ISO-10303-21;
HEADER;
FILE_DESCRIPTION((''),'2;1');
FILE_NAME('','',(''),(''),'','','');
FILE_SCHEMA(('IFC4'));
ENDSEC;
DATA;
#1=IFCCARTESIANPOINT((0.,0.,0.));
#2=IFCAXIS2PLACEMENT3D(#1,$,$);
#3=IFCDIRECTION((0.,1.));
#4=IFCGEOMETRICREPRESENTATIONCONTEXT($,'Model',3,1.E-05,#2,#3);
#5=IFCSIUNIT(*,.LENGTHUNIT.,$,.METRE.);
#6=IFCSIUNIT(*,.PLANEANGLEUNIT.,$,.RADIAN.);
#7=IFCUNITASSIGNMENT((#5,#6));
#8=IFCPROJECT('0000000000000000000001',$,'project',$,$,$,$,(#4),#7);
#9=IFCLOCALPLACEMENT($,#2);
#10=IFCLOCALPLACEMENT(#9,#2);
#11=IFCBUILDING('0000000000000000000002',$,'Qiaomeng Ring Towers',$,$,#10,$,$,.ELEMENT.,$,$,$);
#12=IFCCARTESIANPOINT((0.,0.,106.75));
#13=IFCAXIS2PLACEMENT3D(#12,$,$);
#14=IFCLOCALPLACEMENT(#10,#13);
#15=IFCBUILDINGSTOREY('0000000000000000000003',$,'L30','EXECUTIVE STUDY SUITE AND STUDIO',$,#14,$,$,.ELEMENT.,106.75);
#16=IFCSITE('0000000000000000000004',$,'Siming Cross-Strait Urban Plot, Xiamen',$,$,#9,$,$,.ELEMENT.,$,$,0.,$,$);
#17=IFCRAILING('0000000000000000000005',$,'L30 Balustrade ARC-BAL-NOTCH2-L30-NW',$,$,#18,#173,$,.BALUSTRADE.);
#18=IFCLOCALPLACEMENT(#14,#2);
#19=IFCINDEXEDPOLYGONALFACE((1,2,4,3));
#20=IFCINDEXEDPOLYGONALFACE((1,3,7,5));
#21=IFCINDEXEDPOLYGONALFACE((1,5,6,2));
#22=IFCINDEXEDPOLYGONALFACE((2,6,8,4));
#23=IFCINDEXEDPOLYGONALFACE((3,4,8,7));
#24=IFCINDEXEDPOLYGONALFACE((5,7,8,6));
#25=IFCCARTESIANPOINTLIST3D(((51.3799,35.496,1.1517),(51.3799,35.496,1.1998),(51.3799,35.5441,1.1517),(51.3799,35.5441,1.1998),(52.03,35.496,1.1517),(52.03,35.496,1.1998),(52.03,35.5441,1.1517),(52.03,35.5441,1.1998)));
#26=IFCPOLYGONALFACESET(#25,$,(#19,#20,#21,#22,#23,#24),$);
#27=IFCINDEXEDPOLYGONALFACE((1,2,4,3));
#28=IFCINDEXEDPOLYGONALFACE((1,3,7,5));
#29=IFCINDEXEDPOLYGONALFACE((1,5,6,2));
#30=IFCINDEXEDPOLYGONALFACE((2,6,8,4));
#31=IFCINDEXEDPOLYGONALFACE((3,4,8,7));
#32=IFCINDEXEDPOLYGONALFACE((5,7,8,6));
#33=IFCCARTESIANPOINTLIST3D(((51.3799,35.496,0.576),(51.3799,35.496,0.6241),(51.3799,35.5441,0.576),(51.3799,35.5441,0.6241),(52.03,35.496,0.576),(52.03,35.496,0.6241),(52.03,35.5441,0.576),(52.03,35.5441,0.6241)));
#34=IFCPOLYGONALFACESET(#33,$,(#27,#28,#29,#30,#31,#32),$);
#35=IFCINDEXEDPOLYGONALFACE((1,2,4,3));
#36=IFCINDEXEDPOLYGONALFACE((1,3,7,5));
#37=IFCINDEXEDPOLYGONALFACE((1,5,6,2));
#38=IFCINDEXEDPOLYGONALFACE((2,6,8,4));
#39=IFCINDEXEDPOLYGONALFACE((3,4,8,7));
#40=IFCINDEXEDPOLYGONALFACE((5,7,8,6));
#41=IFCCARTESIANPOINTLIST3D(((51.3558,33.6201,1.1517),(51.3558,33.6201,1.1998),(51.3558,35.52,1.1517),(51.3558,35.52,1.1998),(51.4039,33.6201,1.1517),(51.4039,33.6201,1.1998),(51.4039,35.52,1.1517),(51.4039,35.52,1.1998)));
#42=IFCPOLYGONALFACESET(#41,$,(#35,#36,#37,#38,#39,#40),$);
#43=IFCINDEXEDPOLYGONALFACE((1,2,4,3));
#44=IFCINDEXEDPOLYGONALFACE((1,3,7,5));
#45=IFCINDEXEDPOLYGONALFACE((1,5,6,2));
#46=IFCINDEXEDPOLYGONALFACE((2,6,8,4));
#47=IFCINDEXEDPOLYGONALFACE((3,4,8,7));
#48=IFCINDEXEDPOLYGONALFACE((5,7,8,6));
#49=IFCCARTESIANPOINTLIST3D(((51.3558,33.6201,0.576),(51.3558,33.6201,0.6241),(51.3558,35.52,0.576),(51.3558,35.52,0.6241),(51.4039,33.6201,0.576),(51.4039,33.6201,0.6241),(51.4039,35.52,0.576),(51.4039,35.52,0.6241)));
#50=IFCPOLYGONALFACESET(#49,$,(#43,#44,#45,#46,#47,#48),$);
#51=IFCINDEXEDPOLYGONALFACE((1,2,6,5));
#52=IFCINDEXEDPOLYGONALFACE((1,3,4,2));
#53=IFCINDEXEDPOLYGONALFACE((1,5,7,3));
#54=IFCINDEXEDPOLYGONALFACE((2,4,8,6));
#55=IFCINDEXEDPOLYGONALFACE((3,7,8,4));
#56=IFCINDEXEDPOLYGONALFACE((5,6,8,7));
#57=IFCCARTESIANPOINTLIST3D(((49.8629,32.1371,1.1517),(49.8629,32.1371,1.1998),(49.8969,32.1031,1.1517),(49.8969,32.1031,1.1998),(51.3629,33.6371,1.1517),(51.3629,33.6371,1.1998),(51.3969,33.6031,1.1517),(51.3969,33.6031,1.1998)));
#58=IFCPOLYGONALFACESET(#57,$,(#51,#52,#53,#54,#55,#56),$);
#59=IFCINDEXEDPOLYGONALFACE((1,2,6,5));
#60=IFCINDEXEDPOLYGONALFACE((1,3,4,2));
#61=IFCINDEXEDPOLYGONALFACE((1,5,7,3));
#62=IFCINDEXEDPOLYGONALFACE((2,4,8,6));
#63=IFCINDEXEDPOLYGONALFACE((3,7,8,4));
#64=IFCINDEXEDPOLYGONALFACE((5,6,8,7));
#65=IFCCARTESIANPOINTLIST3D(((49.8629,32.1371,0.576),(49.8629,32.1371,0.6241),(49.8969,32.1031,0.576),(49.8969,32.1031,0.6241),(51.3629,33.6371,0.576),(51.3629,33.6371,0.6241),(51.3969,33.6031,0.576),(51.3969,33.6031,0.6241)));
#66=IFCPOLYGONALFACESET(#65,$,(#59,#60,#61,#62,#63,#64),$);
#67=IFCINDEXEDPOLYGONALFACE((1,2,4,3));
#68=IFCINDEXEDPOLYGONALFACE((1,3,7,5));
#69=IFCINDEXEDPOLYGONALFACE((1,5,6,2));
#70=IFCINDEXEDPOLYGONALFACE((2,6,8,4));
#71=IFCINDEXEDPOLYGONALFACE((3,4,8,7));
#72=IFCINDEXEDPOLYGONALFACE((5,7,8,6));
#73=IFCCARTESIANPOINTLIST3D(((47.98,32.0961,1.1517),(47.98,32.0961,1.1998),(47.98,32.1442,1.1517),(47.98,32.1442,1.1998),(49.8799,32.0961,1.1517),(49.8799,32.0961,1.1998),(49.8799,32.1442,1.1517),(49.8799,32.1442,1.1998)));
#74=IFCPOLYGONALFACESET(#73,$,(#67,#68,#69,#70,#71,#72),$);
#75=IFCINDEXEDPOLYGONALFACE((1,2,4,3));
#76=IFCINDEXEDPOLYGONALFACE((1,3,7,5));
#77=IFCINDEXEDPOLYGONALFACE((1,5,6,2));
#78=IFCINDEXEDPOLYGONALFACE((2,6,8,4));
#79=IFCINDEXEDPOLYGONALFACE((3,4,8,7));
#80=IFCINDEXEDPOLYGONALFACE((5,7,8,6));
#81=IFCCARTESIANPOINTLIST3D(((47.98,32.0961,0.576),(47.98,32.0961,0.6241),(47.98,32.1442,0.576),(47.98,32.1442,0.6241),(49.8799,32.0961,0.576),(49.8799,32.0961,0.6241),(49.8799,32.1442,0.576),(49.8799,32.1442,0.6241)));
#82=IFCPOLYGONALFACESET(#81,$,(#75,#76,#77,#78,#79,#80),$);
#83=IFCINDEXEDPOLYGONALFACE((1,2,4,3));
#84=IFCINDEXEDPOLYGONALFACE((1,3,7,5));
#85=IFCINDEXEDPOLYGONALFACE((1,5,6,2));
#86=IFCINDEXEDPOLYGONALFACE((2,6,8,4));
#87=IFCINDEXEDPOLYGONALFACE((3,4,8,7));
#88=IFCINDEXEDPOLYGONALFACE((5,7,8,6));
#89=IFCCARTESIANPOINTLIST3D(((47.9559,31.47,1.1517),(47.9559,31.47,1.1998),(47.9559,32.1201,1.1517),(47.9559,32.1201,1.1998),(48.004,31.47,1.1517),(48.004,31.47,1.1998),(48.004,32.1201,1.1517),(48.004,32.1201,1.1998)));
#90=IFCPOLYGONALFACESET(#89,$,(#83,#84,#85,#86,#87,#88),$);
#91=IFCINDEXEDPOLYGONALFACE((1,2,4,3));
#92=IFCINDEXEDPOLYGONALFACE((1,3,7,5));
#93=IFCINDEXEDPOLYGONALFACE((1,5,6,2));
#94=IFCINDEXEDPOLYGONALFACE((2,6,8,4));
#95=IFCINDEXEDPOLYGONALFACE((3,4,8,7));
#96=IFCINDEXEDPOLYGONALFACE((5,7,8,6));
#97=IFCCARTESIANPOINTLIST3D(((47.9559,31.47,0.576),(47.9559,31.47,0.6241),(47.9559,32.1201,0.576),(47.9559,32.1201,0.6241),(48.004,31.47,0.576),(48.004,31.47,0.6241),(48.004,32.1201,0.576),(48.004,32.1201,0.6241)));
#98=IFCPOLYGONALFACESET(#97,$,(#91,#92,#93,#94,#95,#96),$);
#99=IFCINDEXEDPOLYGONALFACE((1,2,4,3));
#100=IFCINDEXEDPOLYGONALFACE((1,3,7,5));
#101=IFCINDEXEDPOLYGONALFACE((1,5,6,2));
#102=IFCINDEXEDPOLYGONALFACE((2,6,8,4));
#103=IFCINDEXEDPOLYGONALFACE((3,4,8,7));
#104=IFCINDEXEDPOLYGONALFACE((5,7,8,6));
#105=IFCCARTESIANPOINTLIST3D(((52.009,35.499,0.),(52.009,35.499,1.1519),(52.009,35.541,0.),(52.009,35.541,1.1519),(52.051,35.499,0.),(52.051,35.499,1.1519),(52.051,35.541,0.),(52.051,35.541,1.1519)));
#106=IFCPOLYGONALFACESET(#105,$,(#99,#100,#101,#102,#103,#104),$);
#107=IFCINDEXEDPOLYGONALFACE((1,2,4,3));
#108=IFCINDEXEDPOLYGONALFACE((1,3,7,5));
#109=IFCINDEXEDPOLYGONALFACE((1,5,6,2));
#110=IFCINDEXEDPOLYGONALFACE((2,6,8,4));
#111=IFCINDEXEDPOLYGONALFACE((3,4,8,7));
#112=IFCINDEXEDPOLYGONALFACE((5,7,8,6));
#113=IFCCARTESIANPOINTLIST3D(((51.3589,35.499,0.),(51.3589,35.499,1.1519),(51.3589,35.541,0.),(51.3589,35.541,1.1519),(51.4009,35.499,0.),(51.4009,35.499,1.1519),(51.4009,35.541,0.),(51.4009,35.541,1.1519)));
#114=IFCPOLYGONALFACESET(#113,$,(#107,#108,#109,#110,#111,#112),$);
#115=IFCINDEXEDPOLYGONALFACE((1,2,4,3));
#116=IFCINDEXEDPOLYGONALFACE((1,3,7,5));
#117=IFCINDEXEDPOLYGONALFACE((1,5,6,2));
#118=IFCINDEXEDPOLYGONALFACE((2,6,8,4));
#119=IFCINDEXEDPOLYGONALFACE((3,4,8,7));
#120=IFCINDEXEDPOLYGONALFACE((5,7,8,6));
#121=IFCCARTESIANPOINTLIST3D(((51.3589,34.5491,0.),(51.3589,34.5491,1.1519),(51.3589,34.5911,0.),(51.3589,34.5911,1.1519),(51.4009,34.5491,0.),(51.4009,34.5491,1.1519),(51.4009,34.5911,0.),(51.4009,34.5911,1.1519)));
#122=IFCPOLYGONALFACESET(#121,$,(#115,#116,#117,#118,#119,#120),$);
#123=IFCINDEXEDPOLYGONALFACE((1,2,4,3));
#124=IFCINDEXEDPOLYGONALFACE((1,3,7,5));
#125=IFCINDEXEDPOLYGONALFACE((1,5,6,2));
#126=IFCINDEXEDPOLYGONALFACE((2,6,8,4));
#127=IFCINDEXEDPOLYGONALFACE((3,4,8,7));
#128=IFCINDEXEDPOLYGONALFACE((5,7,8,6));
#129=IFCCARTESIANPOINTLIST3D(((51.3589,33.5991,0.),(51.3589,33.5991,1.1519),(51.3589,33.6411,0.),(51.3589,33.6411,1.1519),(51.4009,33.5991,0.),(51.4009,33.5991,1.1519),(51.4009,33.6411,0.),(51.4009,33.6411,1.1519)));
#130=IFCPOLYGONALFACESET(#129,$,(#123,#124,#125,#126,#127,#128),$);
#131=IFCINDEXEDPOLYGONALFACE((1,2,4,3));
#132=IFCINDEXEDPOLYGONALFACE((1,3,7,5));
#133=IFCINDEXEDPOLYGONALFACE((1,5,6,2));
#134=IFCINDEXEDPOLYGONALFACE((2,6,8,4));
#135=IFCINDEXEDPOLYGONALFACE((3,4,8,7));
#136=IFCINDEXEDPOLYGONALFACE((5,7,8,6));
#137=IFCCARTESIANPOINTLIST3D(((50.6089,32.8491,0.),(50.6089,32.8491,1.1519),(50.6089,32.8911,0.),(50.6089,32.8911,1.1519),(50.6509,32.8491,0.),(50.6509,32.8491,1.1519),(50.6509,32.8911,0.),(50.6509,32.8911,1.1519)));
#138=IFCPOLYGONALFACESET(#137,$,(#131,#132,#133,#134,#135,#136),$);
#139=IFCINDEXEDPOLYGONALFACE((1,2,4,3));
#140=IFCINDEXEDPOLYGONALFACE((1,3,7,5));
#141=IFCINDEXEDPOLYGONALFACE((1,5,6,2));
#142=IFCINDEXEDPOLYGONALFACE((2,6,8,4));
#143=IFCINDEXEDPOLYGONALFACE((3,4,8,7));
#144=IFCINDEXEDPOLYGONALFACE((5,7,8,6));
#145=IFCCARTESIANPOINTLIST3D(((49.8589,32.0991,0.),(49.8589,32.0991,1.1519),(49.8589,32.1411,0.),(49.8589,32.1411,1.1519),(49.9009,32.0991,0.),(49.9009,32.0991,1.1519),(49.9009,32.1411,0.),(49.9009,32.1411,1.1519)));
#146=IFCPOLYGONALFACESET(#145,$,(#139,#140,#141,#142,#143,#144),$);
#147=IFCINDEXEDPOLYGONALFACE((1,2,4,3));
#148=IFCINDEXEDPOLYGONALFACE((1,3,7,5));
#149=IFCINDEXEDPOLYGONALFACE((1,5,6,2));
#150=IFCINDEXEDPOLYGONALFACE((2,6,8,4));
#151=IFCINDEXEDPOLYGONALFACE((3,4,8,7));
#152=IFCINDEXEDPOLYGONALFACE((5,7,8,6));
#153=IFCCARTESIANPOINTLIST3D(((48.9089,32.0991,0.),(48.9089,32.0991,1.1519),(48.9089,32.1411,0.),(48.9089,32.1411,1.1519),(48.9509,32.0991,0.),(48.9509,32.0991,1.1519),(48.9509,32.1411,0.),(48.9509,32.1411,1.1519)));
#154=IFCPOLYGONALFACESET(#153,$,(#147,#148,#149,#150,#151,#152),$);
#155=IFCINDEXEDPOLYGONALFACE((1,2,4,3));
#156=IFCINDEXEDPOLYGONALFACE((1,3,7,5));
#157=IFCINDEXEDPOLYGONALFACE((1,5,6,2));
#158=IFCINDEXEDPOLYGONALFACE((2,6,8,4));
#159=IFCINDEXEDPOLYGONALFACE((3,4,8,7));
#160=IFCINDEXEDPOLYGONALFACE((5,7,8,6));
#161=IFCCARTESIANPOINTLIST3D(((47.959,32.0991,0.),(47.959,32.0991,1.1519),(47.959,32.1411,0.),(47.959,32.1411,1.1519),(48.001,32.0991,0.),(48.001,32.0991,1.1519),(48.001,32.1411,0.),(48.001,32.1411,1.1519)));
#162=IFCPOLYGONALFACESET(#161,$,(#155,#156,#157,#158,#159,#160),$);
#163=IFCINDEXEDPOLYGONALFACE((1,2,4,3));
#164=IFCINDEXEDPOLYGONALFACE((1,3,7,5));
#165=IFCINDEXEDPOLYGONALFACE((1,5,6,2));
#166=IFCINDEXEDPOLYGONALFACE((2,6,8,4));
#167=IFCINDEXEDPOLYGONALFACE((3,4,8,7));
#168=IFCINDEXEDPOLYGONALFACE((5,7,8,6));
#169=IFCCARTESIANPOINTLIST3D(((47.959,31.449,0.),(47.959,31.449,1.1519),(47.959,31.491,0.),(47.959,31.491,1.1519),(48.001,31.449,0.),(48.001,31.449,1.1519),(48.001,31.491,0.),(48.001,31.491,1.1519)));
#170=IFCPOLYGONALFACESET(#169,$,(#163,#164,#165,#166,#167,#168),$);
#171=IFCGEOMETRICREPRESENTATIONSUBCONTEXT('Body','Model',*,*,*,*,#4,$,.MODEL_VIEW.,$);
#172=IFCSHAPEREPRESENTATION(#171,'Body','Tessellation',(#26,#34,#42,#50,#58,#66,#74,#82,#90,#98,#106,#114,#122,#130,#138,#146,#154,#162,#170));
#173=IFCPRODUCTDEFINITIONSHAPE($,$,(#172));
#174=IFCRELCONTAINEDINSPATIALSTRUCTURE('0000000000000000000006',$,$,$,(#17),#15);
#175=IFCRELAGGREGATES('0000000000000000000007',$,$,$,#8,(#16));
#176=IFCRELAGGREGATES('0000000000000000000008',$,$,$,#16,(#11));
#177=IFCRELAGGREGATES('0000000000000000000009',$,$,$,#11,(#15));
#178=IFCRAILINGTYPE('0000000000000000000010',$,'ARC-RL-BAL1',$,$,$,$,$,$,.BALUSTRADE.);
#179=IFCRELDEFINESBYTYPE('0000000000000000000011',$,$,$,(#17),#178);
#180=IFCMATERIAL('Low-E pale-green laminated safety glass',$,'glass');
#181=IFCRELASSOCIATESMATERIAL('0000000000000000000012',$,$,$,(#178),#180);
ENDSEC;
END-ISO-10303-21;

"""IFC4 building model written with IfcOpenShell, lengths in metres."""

from ifc_helpers import new_model, si_unit, direction, frame, origin, origin_2d, place, context, subcontext, project, spatial, rectangle, extrude, material, type_object, element, save


model = new_model("IFC4")

# Units and contexts
model_context = context("Model", 3, precision=1e-05, world=origin(), true_north=direction((0.0, 1.0)))
body_context = subcontext(model_context, "Body", "Model", "MODEL_VIEW")
ifc_project = project(units=[si_unit("LENGTHUNIT", "METRE"), si_unit("PLANEANGLEUNIT", "RADIAN")], contexts=[model_context])

# Site, building, storey
site_placement = place(None, origin())
site = spatial("IfcSite", under=ifc_project, at=site_placement, Name="Siming Cross-Strait Urban Plot, Xiamen", CompositionType="ELEMENT", RefElevation=0.0)
building_placement = place(site_placement, origin())
building = spatial("IfcBuilding", under=site, at=building_placement, Name="Qiaomeng Ring Towers", CompositionType="ELEMENT")
storey_placement = place(building_placement, frame((0.0, 0.0, 106.75)))
storey = spatial("IfcBuildingStorey", under=building, at=storey_placement, Name="L30", Description="EXECUTIVE STUDY SUITE AND STUDIO", CompositionType="ELEMENT", Elevation=106.75)

# Railing
ifc_material_1 = material(Name="Low-E pale-green laminated safety glass", Category="glass")
railing_type = type_object("IfcRailingType", Name="ARC-RL-BAL1", PredefinedType="BALUSTRADE", material=ifc_material_1)
railing_1_placement = place(storey_placement, frame((52.03, 35.52, 0.0)))
element("IfcRailing", 1, at=railing_1_placement, inside=storey, type_object=railing_type, Name="L30 Balustrade ARC-BAL-NOTCH2-L30-NW", PredefinedType="BALUSTRADE", context=body_context, shape_type="SweptSolid", body=[
    extrude(rectangle(XDim=0.0481, YDim=0.0481, at=origin_2d()), frame((0.0, 0.0, 1.1758), z_axis=(-1.0, 0.0, 0.0), x_axis=(0.0, -1.0, 0.0)), (0.0, 0.0, 1.0), 0.6501),
    extrude(rectangle(XDim=0.0481, YDim=0.0481, at=origin_2d()), frame((0.0, 0.0, 0.6001), z_axis=(-1.0, 0.0, 0.0), x_axis=(0.0, -1.0, 0.0)), (0.0, 0.0, 1.0), 0.6501),
    extrude(rectangle(XDim=0.0481, YDim=0.0481, at=origin_2d()), frame((-0.6501, 0.0, 1.1758), z_axis=(0.0, -1.0, 0.0), x_axis=(1.0, 0.0, 0.0)), (0.0, 0.0, 1.0), 1.8999),
    extrude(rectangle(XDim=0.0481, YDim=0.0481, at=origin_2d()), frame((-0.6501, 0.0, 0.6001), z_axis=(0.0, -1.0, 0.0), x_axis=(1.0, 0.0, 0.0)), (0.0, 0.0, 1.0), 1.8999),
    extrude(rectangle(XDim=0.0481, YDim=0.0481, at=origin_2d()), frame((-0.6501, -1.8999, 1.1758), z_axis=(-0.707107, -0.707107, 0.0), x_axis=(0.707107, -0.707107, 0.0)), (0.0, 0.0, 1.0), 2.1213),
    extrude(rectangle(XDim=0.0481, YDim=0.0481, at=origin_2d()), frame((-0.6501, -1.8999, 0.6001), z_axis=(-0.707107, -0.707107, 0.0), x_axis=(0.707107, -0.707107, 0.0)), (0.0, 0.0, 1.0), 2.1213),
    extrude(rectangle(XDim=0.0481, YDim=0.0481, at=origin_2d()), frame((-2.1501, -3.3999, 1.1758), z_axis=(-1.0, 0.0, 0.0), x_axis=(0.0, -1.0, 0.0)), (0.0, 0.0, 1.0), 1.8999),
    extrude(rectangle(XDim=0.0481, YDim=0.0481, at=origin_2d()), frame((-2.1501, -3.3999, 0.6001), z_axis=(-1.0, 0.0, 0.0), x_axis=(0.0, -1.0, 0.0)), (0.0, 0.0, 1.0), 1.8999),
    extrude(rectangle(XDim=0.0481, YDim=0.0481, at=origin_2d()), frame((-4.05, -3.3999, 1.1758), z_axis=(0.0, -1.0, 0.0), x_axis=(1.0, 0.0, 0.0)), (0.0, 0.0, 1.0), 0.6501),
    extrude(rectangle(XDim=0.0481, YDim=0.0481, at=origin_2d()), frame((-4.05, -3.3999, 0.6001), z_axis=(0.0, -1.0, 0.0), x_axis=(1.0, 0.0, 0.0)), (0.0, 0.0, 1.0), 0.6501),
    extrude(rectangle(XDim=0.042, YDim=0.042, at=origin_2d()), origin(), (0.0, 0.0, 1.0), 1.1519),
    extrude(rectangle(XDim=0.042, YDim=0.042, at=origin_2d()), frame((-0.6501, 0.0, 0.0)), (0.0, 0.0, 1.0), 1.1519),
    extrude(rectangle(XDim=0.042, YDim=0.042, at=origin_2d()), frame((-0.6501, -0.95, 0.0)), (0.0, 0.0, 1.0), 1.1519),
    extrude(rectangle(XDim=0.042, YDim=0.042, at=origin_2d()), frame((-0.6501, -1.8999, 0.0)), (0.0, 0.0, 1.0), 1.1519),
    extrude(rectangle(XDim=0.042, YDim=0.042, at=origin_2d()), frame((-1.4001, -2.6499, 0.0)), (0.0, 0.0, 1.0), 1.1519),
    extrude(rectangle(XDim=0.042, YDim=0.042, at=origin_2d()), frame((-2.1501, -3.3999, 0.0)), (0.0, 0.0, 1.0), 1.1519),
    extrude(rectangle(XDim=0.042, YDim=0.042, at=origin_2d()), frame((-3.1001, -3.3999, 0.0)), (0.0, 0.0, 1.0), 1.1519),
    extrude(rectangle(XDim=0.042, YDim=0.042, at=origin_2d()), frame((-4.05, -3.3999, 0.0)), (0.0, 0.0, 1.0), 1.1519),
    extrude(rectangle(XDim=0.042, YDim=0.042, at=origin_2d()), frame((-4.05, -4.05, 0.0)), (0.0, 0.0, 1.0), 1.1519),
])

save(model, "model.ifc")
